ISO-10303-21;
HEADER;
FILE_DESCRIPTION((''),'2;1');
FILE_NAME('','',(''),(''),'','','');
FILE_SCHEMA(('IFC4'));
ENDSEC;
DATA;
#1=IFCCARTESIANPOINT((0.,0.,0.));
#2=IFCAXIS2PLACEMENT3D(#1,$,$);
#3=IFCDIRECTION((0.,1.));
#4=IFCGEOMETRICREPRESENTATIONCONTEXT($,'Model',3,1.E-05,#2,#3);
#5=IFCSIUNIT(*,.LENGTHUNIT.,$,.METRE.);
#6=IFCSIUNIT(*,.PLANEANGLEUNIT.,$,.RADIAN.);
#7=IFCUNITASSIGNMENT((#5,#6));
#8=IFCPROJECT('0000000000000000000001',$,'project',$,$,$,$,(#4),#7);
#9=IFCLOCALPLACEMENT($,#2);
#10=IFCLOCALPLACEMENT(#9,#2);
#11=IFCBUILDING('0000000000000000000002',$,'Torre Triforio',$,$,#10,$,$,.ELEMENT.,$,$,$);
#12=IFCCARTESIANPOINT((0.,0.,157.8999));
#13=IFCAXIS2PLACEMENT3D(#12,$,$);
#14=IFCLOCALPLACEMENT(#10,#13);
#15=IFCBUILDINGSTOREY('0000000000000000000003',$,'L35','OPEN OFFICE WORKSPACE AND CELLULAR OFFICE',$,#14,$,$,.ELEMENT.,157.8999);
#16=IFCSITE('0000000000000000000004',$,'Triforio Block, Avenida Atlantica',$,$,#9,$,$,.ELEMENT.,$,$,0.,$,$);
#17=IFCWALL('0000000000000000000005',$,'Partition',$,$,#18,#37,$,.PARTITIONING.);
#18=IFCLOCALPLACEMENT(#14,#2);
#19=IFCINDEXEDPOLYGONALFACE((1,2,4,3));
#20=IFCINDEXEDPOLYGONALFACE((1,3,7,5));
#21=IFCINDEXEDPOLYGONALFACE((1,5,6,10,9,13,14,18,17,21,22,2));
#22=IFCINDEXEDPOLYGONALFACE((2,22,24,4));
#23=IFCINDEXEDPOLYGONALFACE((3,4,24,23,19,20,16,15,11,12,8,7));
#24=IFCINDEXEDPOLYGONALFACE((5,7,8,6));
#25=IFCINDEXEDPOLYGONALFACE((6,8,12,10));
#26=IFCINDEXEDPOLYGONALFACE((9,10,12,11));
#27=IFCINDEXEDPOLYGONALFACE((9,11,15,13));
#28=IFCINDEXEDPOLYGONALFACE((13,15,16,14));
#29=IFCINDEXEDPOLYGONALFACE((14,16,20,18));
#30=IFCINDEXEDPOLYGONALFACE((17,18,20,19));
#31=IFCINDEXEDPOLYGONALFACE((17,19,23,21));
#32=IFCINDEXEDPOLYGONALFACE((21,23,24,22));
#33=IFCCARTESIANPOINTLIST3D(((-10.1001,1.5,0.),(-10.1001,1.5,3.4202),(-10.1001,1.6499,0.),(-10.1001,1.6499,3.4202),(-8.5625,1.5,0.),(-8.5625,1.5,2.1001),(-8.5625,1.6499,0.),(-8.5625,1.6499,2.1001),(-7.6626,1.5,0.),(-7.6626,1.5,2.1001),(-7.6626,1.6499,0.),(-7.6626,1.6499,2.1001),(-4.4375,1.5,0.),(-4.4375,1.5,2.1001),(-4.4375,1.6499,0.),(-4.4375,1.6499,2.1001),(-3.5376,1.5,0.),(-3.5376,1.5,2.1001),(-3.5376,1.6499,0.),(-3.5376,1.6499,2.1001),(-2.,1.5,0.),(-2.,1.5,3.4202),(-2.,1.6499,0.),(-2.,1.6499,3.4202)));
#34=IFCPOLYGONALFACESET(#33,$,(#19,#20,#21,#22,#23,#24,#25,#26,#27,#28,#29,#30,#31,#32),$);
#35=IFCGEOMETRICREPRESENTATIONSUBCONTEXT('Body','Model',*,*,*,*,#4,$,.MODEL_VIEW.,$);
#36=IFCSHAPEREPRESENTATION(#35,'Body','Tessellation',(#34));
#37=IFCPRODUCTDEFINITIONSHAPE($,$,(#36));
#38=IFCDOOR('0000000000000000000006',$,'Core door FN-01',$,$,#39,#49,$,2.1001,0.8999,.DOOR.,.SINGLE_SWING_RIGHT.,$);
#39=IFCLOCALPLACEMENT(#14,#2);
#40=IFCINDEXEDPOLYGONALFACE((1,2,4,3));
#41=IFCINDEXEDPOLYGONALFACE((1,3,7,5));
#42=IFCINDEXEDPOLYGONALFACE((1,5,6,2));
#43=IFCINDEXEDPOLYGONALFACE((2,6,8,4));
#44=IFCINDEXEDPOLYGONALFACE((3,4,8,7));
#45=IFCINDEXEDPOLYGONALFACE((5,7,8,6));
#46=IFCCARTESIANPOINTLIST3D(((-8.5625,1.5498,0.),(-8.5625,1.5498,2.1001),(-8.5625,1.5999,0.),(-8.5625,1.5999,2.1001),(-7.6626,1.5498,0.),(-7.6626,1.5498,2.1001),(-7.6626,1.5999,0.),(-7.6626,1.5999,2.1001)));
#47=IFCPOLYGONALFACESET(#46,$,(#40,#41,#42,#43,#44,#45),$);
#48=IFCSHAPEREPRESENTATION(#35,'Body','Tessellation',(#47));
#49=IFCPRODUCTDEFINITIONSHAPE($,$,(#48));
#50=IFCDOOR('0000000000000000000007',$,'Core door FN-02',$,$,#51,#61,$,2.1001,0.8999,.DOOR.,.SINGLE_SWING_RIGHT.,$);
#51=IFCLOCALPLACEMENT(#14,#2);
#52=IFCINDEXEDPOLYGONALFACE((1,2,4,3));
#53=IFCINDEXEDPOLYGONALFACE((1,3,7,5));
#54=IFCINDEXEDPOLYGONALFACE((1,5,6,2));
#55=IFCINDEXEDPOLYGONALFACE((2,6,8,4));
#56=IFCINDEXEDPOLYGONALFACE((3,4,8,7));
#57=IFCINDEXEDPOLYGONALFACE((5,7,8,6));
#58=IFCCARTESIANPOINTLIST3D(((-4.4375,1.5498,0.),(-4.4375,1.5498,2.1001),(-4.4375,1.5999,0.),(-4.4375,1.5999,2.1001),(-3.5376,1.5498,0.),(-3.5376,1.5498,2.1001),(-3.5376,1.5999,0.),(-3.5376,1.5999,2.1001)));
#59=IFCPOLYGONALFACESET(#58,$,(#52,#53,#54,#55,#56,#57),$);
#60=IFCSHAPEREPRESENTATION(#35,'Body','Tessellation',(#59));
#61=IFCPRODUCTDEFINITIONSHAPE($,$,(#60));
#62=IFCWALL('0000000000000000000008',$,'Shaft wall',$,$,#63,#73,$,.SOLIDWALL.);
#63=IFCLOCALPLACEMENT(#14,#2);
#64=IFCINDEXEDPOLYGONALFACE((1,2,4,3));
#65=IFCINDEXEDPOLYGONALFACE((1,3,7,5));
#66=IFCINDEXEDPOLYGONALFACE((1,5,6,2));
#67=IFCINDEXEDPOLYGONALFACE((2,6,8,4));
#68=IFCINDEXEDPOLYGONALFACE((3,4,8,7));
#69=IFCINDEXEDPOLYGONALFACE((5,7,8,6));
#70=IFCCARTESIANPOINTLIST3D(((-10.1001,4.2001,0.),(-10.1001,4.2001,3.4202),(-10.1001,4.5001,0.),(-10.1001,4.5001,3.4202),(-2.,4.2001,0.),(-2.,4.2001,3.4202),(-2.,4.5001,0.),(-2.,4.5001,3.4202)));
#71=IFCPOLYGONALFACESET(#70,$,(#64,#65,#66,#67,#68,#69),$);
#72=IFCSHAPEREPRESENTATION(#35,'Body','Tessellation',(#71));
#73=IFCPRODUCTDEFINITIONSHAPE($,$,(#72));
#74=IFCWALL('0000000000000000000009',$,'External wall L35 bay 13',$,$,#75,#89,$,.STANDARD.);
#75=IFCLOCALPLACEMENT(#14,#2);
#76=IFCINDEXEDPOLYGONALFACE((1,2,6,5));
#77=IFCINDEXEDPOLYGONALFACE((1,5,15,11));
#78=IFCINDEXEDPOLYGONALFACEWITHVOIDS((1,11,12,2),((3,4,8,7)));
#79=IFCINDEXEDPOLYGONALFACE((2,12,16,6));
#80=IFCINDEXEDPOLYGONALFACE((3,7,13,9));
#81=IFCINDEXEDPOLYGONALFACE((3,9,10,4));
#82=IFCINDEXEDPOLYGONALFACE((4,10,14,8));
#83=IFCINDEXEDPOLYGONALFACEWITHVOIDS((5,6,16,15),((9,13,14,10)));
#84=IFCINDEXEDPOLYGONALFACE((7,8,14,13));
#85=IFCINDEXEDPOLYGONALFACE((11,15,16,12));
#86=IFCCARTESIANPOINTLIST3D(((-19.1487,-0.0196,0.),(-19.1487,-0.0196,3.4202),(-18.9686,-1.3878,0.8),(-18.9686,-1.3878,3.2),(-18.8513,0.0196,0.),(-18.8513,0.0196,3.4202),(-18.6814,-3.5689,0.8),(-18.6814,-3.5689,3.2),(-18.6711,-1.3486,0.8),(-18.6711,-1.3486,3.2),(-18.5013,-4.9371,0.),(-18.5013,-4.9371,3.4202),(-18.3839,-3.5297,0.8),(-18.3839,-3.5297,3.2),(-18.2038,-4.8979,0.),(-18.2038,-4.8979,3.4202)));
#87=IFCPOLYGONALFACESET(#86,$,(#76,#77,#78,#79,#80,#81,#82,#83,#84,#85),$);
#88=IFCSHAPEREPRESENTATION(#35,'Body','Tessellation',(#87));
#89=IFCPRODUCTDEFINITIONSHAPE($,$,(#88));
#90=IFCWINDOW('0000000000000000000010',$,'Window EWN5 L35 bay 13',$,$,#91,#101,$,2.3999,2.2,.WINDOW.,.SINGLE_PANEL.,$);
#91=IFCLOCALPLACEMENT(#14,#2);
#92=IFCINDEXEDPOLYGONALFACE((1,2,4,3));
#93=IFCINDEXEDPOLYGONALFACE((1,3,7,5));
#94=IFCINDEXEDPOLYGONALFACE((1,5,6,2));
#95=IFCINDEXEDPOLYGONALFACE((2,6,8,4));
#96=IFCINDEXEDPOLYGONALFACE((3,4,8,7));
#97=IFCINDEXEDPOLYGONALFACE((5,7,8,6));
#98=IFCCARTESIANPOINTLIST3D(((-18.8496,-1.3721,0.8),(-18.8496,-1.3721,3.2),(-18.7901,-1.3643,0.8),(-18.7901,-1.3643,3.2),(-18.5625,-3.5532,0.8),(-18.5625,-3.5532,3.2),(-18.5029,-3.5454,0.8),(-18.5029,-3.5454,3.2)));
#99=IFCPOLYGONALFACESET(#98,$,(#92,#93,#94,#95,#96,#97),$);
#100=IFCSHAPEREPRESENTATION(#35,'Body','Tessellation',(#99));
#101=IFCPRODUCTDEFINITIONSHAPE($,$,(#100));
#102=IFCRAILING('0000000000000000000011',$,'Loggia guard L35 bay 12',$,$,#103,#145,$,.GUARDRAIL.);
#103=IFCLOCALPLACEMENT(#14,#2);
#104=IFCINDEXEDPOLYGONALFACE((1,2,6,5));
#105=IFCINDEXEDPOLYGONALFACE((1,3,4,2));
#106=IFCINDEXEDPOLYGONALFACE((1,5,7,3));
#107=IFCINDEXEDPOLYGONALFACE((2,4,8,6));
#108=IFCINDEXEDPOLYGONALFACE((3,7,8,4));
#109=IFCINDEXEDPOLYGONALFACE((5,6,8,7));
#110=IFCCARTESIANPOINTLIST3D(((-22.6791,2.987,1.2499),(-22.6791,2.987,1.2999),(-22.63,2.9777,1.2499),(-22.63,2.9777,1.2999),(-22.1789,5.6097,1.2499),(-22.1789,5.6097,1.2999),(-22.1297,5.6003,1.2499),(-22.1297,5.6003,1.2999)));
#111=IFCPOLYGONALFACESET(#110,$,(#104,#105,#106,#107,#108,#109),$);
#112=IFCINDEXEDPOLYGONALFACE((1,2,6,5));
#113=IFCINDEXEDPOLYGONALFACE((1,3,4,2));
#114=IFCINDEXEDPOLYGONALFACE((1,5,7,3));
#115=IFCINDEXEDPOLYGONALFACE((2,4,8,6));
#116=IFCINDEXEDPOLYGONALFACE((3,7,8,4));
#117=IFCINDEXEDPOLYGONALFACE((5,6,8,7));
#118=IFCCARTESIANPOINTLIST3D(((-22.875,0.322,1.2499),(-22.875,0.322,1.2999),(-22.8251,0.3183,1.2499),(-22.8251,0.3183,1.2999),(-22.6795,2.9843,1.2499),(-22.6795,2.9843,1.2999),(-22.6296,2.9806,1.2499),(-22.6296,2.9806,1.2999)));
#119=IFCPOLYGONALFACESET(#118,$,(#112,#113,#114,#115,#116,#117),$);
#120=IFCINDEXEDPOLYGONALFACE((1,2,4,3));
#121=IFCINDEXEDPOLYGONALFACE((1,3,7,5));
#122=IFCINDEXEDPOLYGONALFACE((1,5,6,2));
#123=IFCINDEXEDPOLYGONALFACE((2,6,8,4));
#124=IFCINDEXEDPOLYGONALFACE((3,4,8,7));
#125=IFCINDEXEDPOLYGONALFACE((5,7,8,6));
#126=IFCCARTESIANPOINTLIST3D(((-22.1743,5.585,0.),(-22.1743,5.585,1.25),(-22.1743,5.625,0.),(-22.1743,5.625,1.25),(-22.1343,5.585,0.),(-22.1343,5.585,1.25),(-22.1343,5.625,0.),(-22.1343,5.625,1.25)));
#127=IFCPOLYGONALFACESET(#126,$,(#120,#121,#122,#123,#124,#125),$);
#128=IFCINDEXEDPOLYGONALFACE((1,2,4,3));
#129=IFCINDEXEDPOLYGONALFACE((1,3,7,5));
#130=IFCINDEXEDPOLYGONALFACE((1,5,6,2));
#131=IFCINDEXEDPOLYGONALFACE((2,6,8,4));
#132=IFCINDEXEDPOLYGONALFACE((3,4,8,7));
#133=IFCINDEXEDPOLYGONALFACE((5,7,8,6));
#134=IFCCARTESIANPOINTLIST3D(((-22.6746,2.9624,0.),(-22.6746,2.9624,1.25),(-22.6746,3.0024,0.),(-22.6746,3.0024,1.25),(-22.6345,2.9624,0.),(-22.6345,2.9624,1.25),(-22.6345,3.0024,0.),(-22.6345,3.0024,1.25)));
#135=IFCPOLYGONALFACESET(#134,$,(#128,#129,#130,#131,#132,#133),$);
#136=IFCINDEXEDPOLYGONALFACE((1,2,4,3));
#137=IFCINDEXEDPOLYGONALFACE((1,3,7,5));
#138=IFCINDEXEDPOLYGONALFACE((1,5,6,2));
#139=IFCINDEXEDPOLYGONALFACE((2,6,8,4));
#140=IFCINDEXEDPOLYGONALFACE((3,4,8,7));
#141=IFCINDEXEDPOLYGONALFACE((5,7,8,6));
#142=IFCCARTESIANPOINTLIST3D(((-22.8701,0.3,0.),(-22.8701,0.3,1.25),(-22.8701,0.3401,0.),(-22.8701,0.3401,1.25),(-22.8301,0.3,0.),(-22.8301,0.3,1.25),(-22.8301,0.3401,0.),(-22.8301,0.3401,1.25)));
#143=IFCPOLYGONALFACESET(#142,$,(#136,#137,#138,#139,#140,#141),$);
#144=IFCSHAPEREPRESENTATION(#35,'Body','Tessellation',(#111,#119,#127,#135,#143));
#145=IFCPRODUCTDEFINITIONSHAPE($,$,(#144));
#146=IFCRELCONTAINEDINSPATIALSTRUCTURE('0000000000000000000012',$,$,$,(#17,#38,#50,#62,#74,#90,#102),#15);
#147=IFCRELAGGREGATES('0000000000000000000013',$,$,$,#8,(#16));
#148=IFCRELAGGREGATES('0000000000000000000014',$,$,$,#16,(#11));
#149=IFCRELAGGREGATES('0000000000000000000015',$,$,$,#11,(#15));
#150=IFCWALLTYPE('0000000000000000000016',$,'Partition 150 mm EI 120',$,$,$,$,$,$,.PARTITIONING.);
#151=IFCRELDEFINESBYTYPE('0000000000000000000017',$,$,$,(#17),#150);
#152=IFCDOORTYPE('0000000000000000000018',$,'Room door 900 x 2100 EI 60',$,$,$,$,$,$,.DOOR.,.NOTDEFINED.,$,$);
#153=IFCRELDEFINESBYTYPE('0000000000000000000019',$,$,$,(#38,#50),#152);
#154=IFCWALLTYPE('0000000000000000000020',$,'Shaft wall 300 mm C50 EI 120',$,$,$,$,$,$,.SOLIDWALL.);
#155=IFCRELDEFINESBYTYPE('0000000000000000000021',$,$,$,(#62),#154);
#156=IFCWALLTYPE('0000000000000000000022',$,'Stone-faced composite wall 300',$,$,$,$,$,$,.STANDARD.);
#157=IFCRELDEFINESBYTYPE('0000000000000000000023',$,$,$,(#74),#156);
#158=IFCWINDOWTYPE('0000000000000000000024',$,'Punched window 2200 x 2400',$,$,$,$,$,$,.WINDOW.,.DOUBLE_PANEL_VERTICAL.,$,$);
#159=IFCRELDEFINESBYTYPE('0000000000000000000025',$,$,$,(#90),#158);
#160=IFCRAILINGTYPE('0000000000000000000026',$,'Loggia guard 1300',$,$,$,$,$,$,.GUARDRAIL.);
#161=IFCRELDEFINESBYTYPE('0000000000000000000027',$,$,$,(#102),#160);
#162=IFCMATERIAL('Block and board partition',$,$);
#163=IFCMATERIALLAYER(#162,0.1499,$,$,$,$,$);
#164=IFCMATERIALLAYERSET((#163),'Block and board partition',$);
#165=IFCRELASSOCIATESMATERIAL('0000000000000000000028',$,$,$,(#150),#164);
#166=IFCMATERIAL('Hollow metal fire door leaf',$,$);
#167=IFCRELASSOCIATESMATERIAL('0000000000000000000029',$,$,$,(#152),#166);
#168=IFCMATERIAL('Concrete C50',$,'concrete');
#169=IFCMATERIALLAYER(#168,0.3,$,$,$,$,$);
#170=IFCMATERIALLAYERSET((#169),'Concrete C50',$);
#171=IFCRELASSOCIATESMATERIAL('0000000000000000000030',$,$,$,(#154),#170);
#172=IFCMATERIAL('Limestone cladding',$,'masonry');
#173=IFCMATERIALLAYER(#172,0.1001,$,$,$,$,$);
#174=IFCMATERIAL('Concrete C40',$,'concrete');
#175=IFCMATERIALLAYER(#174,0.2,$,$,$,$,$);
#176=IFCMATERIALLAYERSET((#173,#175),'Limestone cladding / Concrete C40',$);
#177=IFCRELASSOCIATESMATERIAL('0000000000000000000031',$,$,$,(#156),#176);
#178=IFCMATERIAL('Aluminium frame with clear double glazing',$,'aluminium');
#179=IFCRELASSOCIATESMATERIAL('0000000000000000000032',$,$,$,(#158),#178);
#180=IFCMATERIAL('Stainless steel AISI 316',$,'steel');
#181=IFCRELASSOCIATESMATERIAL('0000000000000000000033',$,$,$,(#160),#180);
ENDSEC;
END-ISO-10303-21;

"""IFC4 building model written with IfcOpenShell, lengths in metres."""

from ifc_helpers import new_model, si_unit, direction, frame, frame_2d, origin, origin_2d, place, context, subcontext, project, spatial, rectangle, extrude, material, layer, layer_set, type_object, element, fill, save


model = new_model("IFC4")

# Units and contexts
model_context = context("Model", 3, precision=1e-05, world=origin(), true_north=direction((0.0, 1.0)))
body_context = subcontext(model_context, "Body", "Model", "MODEL_VIEW")
ifc_project = project(units=[si_unit("LENGTHUNIT", "METRE"), si_unit("PLANEANGLEUNIT", "RADIAN")], contexts=[model_context])

# Site, building, storey
site_placement = place(None, origin())
site = spatial("IfcSite", under=ifc_project, at=site_placement, Name="Triforio Block, Avenida Atlantica", CompositionType="ELEMENT", RefElevation=0.0)
building_placement = place(site_placement, origin())
building = spatial("IfcBuilding", under=site, at=building_placement, Name="Torre Triforio", CompositionType="ELEMENT")
storey_placement = place(building_placement, frame((0.0, 0.0, 157.8999)))
storey = spatial("IfcBuildingStorey", under=building, at=storey_placement, Name="L35", Description="OPEN OFFICE WORKSPACE AND CELLULAR OFFICE", CompositionType="ELEMENT", Elevation=157.8999)

# Shared definitions
ifc_material_1 = material(Name="Concrete C50", Category="concrete")

# Shared definitions
ifc_material_2 = material(Name="Concrete C40", Category="concrete")

# Shared definitions
ifc_material_3 = material(Name="Hollow metal fire door leaf")

# Wall, openings, doors
ifc_material_4 = material(Name="Block and board partition")
ifc_layer_1 = layer(ifc_material_4, 0.1499)
ifc_layer_set_1 = layer_set([ifc_layer_1], Name="Block and board partition")
wall_type_1 = type_object("IfcWallType", Name="Partition 150 mm EI 120", PredefinedType="PARTITIONING", material=ifc_layer_set_1)
wall_1_placement = place(storey_placement, frame((-10.1001, 1.575, 0.0), z_axis=(0.0, 0.0, 1.0), x_axis=(1.0, 0.0, 0.0)))
wall_1 = element("IfcWall", 1, at=wall_1_placement, inside=storey, type_object=wall_type_1, Name="Partition", PredefinedType="PARTITIONING", context=body_context, shape_type="SweptSolid", body=[
    extrude(rectangle(XDim=8.1001, YDim=0.1499, at=frame_2d((4.05, 0.0))), origin(), (0.0, 0.0, 1.0), 3.4202),
])
opening_1_placement = place(wall_1_placement, frame((1.5376, 0.0, 0.0)))
opening_1 = element("IfcOpeningElement", 2, at=opening_1_placement, cuts=wall_1, PredefinedType="OPENING", context=body_context, shape_type="SweptSolid", body=[
    extrude(rectangle(XDim=0.8999, YDim=2.1001, at=frame_2d((0.45, 1.05))), frame((0.0, 0.085, 0.0), z_axis=(0.0, -1.0, 0.0), x_axis=(1.0, 0.0, 0.0)), (0.0, 0.0, 1.0), 0.1699),
])
opening_2_placement = place(wall_1_placement, frame((5.6626, 0.0, 0.0)))
opening_2 = element("IfcOpeningElement", 3, at=opening_2_placement, cuts=wall_1, PredefinedType="OPENING", context=body_context, shape_type="SweptSolid", body=[
    extrude(rectangle(XDim=0.8999, YDim=2.1001, at=frame_2d((0.45, 1.05))), frame((0.0, 0.085, 0.0), z_axis=(0.0, -1.0, 0.0), x_axis=(1.0, 0.0, 0.0)), (0.0, 0.0, 1.0), 0.1699),
])
door_type_1 = type_object("IfcDoorType", Name="Room door 900 x 2100 EI 60", OperationType="NOTDEFINED", PredefinedType="DOOR", material=ifc_material_3)
door_1_placement = place(opening_1_placement, origin())
door_1 = element("IfcDoor", 4, at=door_1_placement, inside=storey, type_object=door_type_1, Name="Core door FN-01", OperationType="SINGLE_SWING_RIGHT", OverallHeight=2.1001, OverallWidth=0.8999, PredefinedType="DOOR", context=body_context, shape_type="SweptSolid", body=[
    extrude(rectangle(XDim=0.8999, YDim=2.1001, at=frame_2d((0.45, 1.05))), frame((0.0, 0.0249, 0.0), z_axis=(0.0, -1.0, 0.0), x_axis=(1.0, 0.0, 0.0)), (0.0, 0.0, 1.0), 0.05),
])
fill(opening_1, door_1)
door_2_placement = place(opening_2_placement, origin())
door_2 = element("IfcDoor", 5, at=door_2_placement, inside=storey, type_object=door_type_1, Name="Core door FN-02", OperationType="SINGLE_SWING_RIGHT", OverallHeight=2.1001, OverallWidth=0.8999, PredefinedType="DOOR", context=body_context, shape_type="SweptSolid", body=[
    extrude(rectangle(XDim=0.8999, YDim=2.1001, at=frame_2d((0.45, 1.05))), frame((0.0, 0.0249, 0.0), z_axis=(0.0, -1.0, 0.0), x_axis=(1.0, 0.0, 0.0)), (0.0, 0.0, 1.0), 0.05),
])
fill(opening_2, door_2)

# Wall
ifc_layer_2 = layer(ifc_material_1, 0.3)
ifc_layer_set_2 = layer_set([ifc_layer_2], Name="Concrete C50")
wall_type_2 = type_object("IfcWallType", Name="Shaft wall 300 mm C50 EI 120", PredefinedType="SOLIDWALL", material=ifc_layer_set_2)
wall_2_placement = place(storey_placement, frame((-10.1001, 4.3501, 0.0), z_axis=(0.0, 0.0, 1.0), x_axis=(1.0, 0.0, 0.0)))
element("IfcWall", 6, at=wall_2_placement, inside=storey, type_object=wall_type_2, Name="Shaft wall", PredefinedType="SOLIDWALL", context=body_context, shape_type="SweptSolid", body=[
    extrude(rectangle(XDim=8.1001, YDim=0.3, at=frame_2d((4.05, 0.0))), origin(), (0.0, 0.0, 1.0), 3.4202),
])

# Shared definitions
ifc_material_5 = material(Name="Limestone cladding", Category="masonry")
ifc_layer_3 = layer(ifc_material_5, 0.1001)
ifc_layer_4 = layer(ifc_material_2, 0.2)
ifc_layer_set_3 = layer_set([ifc_layer_3, ifc_layer_4], Name="Limestone cladding / Concrete C40")
wall_type_3 = type_object("IfcWallType", Name="Stone-faced composite wall 300", PredefinedType="STANDARD", material=ifc_layer_set_3)
ifc_material_6 = material(Name="Aluminium frame with clear double glazing", Category="aluminium")

# Wall, opening, window
wall_3_placement = place(storey_placement, frame((-19.0, 0.0, 0.0), z_axis=(0.0, 0.0, 1.0), x_axis=(0.130539, -0.991443, 0.0)))
wall_3 = element("IfcWall", 7, at=wall_3_placement, inside=storey, type_object=wall_type_3, Name="External wall L35 bay 13", PredefinedType="STANDARD", context=body_context, shape_type="SweptSolid", body=[
    extrude(rectangle(XDim=4.96, YDim=0.3, at=frame_2d((2.48, 0.0))), origin(), (0.0, 0.0, 1.0), 3.4202),
])
opening_3_placement = place(wall_3_placement, frame((1.3799, 0.0, 0.8)))
opening_3 = element("IfcOpeningElement", 8, at=opening_3_placement, cuts=wall_3, PredefinedType="OPENING", context=body_context, shape_type="SweptSolid", body=[
    extrude(rectangle(XDim=2.2, YDim=2.3999, at=frame_2d((1.1001, 1.2))), frame((0.0, 0.1599, 0.0), z_axis=(0.0, -1.0, 0.0), x_axis=(1.0, 0.0, 0.0)), (0.0, 0.0, 1.0), 0.3201),
])
window_type_1 = type_object("IfcWindowType", Name="Punched window 2200 x 2400", PartitioningType="DOUBLE_PANEL_VERTICAL", PredefinedType="WINDOW", material=ifc_material_6)
window_1_placement = place(opening_3_placement, origin())
window_1 = element("IfcWindow", 9, at=window_1_placement, inside=storey, type_object=window_type_1, Name="Window EWN5 L35 bay 13", OverallHeight=2.3999, OverallWidth=2.2, PartitioningType="SINGLE_PANEL", PredefinedType="WINDOW", context=body_context, shape_type="SweptSolid", body=[
    extrude(rectangle(XDim=2.2, YDim=2.3999, at=frame_2d((1.1001, 1.2))), frame((0.0, 0.03, 0.0), z_axis=(0.0, -1.0, 0.0), x_axis=(1.0, 0.0, 0.0)), (0.0, 0.0, 1.0), 0.0601),
])
fill(opening_3, window_1)

# Railing
ifc_material_7 = material(Name="Stainless steel AISI 316", Category="steel")
railing_type = type_object("IfcRailingType", Name="Loggia guard 1300", PredefinedType="GUARDRAIL", material=ifc_material_7)
railing_placement = place(storey_placement, frame((-22.1543, 5.605, 0.0)))
element("IfcRailing", 10, at=railing_placement, inside=storey, type_object=railing_type, Name="Loggia guard L35 bay 12", PredefinedType="GUARDRAIL", context=body_context, shape_type="SweptSolid", body=[
    extrude(rectangle(XDim=0.05, YDim=0.05, at=origin_2d()), frame((0.0, 0.0, 1.2749), z_axis=(-0.187368, -0.98229, 0.0), x_axis=(0.98229, -0.187368, 0.0)), (0.0, 0.0, 1.0), 2.6699),
    extrude(rectangle(XDim=0.05, YDim=0.05, at=origin_2d()), frame((-0.5002, -2.6226, 1.2749), z_axis=(-0.073255, -0.997313, 0.0), x_axis=(0.997313, -0.073255, 0.0)), (0.0, 0.0, 1.0), 2.6694),
    extrude(rectangle(XDim=0.04, YDim=0.04, at=origin_2d()), origin(), (0.0, 0.0, 1.0), 1.25),
    extrude(rectangle(XDim=0.04, YDim=0.04, at=origin_2d()), frame((-0.5002, -2.6226, 0.0)), (0.0, 0.0, 1.0), 1.25),
    extrude(rectangle(XDim=0.04, YDim=0.04, at=origin_2d()), frame((-0.6958, -5.2849, 0.0)), (0.0, 0.0, 1.0), 1.25),
])

save(model, "model.ifc")
